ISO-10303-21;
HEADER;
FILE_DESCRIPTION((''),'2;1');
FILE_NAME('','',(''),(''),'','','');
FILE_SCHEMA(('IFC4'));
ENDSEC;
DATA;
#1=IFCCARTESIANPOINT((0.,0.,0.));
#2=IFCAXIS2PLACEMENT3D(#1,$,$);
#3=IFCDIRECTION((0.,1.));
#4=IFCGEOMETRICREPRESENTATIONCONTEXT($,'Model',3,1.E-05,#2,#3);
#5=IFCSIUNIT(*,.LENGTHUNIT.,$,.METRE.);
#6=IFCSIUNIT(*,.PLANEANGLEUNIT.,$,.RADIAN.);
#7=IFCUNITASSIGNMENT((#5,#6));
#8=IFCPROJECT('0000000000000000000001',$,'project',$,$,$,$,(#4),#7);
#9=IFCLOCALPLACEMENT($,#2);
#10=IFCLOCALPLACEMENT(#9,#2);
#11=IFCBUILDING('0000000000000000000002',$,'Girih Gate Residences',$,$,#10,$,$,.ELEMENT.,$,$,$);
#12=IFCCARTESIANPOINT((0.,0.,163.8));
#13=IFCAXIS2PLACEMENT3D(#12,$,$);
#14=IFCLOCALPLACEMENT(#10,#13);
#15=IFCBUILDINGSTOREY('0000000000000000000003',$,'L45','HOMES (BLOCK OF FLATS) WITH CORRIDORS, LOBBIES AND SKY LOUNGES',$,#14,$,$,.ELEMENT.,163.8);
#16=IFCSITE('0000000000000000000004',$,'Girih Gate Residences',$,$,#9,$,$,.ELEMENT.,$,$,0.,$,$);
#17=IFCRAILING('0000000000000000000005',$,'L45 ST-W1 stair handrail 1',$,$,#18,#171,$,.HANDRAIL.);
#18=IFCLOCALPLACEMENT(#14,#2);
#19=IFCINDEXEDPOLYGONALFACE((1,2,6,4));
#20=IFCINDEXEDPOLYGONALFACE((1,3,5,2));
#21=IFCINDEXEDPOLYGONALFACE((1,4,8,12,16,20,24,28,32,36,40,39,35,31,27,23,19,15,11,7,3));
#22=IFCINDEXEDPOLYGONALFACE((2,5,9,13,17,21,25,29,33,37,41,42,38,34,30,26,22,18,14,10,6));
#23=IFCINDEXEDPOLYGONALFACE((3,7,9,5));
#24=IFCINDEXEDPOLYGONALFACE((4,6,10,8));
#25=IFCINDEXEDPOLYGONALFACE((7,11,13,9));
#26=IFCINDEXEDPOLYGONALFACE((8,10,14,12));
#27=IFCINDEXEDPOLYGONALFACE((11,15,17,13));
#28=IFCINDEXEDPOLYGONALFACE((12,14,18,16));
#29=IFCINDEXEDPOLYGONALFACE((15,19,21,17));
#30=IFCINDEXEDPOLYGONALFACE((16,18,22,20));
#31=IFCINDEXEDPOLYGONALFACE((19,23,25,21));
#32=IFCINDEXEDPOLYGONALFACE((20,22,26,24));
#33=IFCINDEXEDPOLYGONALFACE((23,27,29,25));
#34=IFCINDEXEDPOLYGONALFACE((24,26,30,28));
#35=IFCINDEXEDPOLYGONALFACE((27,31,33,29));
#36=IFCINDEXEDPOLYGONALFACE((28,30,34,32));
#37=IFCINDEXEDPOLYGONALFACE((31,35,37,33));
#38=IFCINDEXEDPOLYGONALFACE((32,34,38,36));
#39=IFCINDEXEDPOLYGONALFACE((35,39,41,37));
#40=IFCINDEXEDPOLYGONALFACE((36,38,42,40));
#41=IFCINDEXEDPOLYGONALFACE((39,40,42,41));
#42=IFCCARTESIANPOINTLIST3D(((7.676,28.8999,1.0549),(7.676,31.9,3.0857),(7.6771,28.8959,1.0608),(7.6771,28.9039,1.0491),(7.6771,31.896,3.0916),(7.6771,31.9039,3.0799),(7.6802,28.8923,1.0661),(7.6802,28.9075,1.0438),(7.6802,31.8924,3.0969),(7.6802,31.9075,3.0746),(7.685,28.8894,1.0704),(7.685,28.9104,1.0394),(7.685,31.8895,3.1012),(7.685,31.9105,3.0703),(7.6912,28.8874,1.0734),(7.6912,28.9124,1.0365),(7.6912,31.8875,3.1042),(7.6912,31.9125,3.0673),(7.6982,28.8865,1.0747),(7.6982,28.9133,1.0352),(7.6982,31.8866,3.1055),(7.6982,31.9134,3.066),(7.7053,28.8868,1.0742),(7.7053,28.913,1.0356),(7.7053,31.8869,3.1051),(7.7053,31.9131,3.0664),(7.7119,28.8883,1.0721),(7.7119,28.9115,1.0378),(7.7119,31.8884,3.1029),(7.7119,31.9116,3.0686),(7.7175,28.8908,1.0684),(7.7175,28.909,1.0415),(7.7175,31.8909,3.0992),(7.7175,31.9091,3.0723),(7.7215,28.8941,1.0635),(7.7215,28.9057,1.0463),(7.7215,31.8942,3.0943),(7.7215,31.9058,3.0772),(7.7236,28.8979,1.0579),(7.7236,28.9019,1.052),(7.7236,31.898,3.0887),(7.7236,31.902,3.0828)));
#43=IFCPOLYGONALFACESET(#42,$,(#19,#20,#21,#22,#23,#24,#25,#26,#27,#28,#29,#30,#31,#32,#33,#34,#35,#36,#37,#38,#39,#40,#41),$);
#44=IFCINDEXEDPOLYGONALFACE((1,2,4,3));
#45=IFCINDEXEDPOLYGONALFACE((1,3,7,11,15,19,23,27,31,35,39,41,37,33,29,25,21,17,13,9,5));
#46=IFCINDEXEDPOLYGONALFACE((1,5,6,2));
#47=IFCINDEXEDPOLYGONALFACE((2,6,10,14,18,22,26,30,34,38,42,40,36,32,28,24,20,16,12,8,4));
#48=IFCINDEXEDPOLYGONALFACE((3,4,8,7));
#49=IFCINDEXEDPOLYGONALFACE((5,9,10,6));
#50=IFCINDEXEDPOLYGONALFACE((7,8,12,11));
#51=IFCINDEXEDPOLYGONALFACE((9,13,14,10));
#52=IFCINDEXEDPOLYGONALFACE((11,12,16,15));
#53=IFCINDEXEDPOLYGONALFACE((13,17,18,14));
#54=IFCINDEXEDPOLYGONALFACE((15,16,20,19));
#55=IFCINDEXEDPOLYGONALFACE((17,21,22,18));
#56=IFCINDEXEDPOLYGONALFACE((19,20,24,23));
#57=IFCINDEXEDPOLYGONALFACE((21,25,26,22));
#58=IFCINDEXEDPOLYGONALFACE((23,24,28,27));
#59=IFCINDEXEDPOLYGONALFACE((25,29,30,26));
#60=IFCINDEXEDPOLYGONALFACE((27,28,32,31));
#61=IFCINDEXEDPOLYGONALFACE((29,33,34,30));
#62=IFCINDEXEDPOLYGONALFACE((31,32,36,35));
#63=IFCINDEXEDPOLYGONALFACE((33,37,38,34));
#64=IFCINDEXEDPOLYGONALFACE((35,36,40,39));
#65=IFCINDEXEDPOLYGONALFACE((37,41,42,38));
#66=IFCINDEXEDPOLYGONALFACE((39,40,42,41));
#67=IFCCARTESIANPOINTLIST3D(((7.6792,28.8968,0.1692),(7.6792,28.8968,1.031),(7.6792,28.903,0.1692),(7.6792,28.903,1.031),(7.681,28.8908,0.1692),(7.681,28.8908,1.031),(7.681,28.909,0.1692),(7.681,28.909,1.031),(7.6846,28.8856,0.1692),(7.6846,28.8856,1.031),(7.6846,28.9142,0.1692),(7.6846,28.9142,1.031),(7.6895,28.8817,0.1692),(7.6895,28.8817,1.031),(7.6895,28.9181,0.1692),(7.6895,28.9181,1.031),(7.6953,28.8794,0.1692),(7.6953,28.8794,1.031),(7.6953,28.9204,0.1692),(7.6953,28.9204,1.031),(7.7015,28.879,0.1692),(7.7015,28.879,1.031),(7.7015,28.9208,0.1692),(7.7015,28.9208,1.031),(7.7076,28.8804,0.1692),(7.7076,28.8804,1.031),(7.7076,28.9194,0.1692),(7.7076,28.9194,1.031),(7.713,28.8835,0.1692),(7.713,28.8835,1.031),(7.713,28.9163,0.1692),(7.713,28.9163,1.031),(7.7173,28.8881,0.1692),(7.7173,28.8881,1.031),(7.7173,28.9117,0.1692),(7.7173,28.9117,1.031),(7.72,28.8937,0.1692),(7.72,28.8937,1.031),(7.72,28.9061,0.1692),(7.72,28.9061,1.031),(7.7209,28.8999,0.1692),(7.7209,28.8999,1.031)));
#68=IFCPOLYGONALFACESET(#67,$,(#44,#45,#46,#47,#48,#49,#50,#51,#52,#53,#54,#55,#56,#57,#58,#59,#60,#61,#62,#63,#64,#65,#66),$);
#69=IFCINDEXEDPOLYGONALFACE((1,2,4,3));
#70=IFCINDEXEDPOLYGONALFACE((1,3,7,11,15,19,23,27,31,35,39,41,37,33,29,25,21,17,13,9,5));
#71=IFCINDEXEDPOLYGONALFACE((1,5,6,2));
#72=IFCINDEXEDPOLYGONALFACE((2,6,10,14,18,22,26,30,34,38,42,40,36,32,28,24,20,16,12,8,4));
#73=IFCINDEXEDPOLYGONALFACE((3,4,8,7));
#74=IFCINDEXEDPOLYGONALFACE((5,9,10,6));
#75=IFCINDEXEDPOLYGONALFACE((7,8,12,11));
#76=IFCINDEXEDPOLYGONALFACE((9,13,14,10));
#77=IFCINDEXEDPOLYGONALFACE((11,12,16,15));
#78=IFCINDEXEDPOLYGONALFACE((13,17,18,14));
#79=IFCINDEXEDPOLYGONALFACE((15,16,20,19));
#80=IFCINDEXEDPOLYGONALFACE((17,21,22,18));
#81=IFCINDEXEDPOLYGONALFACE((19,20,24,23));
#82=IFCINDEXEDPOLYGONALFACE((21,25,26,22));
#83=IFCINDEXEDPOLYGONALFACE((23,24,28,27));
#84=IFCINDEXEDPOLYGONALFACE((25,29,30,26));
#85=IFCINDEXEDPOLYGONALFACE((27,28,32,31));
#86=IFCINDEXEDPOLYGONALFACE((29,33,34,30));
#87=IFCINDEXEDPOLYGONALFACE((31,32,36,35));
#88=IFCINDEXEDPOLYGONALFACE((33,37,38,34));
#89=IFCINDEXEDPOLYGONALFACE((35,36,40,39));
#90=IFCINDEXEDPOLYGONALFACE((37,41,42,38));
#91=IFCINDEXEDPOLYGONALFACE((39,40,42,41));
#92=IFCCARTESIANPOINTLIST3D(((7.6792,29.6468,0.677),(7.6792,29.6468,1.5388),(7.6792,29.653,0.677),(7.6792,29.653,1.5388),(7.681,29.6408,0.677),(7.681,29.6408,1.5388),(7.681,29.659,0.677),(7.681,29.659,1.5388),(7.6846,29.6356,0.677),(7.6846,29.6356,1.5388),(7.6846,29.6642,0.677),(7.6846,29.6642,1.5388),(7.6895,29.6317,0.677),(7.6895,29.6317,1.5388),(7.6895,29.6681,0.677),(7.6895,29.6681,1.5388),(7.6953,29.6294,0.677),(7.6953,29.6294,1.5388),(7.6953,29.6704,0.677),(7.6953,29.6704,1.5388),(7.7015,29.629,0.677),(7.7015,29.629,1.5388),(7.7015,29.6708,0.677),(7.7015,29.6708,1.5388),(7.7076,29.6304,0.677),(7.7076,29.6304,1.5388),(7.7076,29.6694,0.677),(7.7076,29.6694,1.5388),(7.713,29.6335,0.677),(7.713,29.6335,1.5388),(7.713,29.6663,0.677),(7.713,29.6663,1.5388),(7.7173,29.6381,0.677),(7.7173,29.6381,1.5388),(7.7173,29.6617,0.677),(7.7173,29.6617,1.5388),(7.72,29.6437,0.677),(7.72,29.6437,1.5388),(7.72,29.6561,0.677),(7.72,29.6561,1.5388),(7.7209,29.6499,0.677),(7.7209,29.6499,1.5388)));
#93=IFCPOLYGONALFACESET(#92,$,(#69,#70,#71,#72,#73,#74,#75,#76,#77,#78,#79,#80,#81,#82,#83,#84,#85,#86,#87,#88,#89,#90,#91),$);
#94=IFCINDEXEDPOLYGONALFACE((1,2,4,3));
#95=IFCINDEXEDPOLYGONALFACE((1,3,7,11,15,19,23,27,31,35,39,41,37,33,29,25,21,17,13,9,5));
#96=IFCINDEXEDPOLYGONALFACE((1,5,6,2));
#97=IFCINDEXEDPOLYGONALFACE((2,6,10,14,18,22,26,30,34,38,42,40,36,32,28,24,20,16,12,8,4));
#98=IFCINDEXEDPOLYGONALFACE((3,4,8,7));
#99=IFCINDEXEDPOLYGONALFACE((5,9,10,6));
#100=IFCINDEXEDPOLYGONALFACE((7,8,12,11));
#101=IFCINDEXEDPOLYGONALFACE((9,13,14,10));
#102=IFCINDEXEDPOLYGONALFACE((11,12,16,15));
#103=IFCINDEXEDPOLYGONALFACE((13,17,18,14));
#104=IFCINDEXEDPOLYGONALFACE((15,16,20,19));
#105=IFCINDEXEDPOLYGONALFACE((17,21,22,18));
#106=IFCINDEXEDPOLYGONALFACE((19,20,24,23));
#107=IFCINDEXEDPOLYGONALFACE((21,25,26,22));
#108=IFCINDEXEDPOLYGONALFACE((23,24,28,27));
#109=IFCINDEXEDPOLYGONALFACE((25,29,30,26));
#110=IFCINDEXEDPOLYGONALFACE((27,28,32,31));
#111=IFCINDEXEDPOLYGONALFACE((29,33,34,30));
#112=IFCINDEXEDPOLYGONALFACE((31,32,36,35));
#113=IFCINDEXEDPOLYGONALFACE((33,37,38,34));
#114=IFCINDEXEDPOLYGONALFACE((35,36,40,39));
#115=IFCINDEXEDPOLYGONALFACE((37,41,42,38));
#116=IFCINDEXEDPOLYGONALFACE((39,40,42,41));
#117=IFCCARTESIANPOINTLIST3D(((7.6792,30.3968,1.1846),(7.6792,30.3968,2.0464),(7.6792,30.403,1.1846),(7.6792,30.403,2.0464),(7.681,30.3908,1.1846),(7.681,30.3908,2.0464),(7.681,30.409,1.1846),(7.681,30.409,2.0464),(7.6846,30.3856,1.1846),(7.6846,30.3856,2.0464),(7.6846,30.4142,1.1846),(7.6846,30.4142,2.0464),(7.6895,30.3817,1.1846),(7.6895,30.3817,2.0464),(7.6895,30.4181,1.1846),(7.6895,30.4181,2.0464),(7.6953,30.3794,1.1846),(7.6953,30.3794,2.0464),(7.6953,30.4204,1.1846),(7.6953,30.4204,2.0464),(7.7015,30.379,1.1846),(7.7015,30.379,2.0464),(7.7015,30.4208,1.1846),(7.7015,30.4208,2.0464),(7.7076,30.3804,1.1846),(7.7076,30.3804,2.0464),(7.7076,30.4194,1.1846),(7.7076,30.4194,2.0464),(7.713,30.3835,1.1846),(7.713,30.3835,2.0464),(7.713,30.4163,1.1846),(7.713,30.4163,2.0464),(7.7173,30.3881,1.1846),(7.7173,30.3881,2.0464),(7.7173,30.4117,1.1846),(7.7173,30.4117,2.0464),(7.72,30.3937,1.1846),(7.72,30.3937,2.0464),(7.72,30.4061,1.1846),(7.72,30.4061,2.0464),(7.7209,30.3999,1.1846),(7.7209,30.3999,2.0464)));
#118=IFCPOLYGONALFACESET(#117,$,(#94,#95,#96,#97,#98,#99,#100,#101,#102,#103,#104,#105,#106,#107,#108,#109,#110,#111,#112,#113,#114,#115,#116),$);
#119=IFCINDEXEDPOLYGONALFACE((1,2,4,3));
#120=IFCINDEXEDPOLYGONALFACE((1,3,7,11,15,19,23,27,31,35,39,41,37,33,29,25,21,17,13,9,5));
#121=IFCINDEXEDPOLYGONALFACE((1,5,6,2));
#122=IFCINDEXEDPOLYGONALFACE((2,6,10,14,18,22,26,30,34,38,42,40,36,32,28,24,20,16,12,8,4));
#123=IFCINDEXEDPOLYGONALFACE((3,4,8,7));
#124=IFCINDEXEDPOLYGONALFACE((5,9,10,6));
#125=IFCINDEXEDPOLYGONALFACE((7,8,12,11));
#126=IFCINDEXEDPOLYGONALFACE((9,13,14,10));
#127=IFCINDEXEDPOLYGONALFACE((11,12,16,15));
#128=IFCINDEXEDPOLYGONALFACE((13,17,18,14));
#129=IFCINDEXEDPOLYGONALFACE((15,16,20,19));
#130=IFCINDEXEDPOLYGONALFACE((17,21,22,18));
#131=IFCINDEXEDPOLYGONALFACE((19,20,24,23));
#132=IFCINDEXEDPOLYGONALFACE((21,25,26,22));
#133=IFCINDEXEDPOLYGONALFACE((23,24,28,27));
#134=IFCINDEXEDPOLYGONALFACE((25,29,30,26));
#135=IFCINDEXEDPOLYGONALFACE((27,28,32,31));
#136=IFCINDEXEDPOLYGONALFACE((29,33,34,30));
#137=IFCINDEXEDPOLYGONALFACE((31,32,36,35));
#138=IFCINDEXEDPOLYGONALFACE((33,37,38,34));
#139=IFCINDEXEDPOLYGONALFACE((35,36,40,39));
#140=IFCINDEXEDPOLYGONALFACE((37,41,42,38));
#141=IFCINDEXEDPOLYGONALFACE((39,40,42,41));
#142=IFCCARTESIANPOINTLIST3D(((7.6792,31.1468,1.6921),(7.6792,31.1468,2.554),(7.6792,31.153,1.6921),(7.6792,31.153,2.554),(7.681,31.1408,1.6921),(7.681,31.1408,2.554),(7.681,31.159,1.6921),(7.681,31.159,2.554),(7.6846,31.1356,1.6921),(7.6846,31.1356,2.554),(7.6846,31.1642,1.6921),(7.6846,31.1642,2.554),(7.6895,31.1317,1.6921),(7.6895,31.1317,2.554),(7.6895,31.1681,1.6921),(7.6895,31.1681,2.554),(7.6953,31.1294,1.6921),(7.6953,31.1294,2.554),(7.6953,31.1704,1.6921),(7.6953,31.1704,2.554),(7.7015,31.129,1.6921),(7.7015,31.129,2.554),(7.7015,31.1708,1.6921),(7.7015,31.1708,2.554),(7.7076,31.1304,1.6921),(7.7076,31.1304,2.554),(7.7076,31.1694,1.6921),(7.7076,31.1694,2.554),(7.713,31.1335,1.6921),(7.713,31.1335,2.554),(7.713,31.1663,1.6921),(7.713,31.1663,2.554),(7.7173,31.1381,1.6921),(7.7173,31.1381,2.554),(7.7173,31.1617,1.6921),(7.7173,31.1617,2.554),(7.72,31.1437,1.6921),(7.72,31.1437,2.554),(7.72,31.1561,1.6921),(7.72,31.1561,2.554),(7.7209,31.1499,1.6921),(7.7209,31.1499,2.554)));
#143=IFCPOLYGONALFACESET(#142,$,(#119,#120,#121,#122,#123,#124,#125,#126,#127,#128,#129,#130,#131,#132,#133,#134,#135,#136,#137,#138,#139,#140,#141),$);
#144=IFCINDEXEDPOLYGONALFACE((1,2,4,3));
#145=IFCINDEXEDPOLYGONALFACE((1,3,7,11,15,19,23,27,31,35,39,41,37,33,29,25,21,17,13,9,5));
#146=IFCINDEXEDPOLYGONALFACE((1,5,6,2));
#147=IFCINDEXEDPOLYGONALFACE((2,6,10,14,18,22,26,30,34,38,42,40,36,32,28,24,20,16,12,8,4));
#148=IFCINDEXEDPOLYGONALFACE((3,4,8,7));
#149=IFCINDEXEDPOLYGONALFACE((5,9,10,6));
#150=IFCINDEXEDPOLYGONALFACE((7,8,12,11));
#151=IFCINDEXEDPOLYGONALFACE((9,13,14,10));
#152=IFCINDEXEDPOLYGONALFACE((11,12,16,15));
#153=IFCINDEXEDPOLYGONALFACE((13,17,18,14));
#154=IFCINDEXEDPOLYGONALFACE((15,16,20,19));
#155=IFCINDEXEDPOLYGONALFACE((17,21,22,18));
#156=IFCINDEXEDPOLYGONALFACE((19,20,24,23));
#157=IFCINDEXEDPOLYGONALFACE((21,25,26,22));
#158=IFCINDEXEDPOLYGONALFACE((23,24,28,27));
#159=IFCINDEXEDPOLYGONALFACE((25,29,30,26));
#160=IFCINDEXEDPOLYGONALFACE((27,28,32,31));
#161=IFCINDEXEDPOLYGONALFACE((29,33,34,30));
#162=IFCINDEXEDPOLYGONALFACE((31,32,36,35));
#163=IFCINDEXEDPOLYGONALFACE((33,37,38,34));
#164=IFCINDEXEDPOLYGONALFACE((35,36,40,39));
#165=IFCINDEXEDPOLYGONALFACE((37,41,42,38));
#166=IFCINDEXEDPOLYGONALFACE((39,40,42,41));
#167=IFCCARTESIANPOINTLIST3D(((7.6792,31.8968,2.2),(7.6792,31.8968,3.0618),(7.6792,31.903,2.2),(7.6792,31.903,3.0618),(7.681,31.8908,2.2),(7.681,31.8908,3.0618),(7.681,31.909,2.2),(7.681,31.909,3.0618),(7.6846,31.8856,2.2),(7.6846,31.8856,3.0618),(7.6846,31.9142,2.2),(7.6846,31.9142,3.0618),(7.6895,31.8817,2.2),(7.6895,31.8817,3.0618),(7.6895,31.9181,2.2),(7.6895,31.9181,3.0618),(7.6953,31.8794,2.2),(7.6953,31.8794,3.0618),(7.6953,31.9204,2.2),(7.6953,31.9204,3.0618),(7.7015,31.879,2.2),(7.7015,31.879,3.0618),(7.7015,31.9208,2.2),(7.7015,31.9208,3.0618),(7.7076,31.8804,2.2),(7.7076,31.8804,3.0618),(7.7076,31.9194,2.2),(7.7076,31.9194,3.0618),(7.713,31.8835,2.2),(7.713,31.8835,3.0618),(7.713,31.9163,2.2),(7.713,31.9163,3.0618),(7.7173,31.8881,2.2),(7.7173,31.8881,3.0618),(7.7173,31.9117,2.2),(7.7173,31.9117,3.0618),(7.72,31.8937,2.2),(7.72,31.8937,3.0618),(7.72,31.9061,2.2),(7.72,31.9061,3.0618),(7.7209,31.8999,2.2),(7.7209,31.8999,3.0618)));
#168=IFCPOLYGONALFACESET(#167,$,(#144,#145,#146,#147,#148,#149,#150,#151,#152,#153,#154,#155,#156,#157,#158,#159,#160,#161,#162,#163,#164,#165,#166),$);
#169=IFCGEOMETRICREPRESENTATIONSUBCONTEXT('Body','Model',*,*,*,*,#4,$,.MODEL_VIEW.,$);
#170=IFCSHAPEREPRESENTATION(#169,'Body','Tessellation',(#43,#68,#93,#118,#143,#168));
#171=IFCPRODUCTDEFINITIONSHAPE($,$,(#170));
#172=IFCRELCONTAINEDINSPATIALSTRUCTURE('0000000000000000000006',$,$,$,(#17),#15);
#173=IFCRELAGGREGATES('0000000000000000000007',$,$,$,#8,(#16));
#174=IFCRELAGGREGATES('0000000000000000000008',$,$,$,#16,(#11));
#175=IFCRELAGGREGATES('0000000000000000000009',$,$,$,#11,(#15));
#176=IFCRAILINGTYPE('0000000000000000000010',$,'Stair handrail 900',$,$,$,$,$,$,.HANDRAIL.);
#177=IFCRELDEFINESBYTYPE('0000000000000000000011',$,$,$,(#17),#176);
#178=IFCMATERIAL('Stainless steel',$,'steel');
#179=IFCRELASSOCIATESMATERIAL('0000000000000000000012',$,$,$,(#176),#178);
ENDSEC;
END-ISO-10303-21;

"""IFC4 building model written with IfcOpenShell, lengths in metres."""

from ifc_helpers import new_model, si_unit, direction, frame, origin, origin_2d, place, context, subcontext, project, spatial, circle, extrude, material, type_object, element, save


model = new_model("IFC4")

# Units and contexts
model_context = context("Model", 3, precision=1e-05, world=origin(), true_north=direction((0.0, 1.0)))
body_context = subcontext(model_context, "Body", "Model", "MODEL_VIEW")
ifc_project = project(units=[si_unit("LENGTHUNIT", "METRE"), si_unit("PLANEANGLEUNIT", "RADIAN")], contexts=[model_context])

# Site, building, storey
site_placement = place(None, origin())
site = spatial("IfcSite", under=ifc_project, at=site_placement, Name="Girih Gate Residences", CompositionType="ELEMENT", RefElevation=0.0)
building_placement = place(site_placement, origin())
building = spatial("IfcBuilding", under=site, at=building_placement, Name="Girih Gate Residences", CompositionType="ELEMENT")
storey_placement = place(building_placement, frame((0.0, 0.0, 163.8)))
storey = spatial("IfcBuildingStorey", under=building, at=storey_placement, Name="L45", Description="HOMES (BLOCK OF FLATS) WITH CORRIDORS, LOBBIES AND SKY LOUNGES", CompositionType="ELEMENT", Elevation=163.8)

# Railing
ifc_material_1 = material(Name="Stainless steel", Category="steel")
railing_type_1 = type_object("IfcRailingType", Name="Stair handrail 900", PredefinedType="HANDRAIL", material=ifc_material_1)
railing_1_placement = place(storey_placement, frame((7.7, 28.8999, 0.1692)))
element("IfcRailing", 1, at=railing_1_placement, inside=storey, type_object=railing_type_1, Name="L45 ST-W1 stair handrail 1", PredefinedType="HANDRAIL", context=body_context, shape_type="SweptSolid", body=[
    extrude(circle(Radius=0.0239, at=origin_2d()), frame((0.0, 0.0, 0.8857), z_axis=(0.0, 0.82811, 0.560565), x_axis=(-1.0, 0.0, 0.0)), (0.0, 0.0, 1.0), 3.6228),
    extrude(circle(Radius=0.021, at=origin_2d()), origin(), (0.0, 0.0, 1.0), 0.8618),
    extrude(circle(Radius=0.021, at=origin_2d()), frame((0.0, 0.75, 0.5078)), (0.0, 0.0, 1.0), 0.8618),
    extrude(circle(Radius=0.021, at=origin_2d()), frame((0.0, 1.5, 1.0154)), (0.0, 0.0, 1.0), 0.8618),
    extrude(circle(Radius=0.021, at=origin_2d()), frame((0.0, 2.25, 1.5229)), (0.0, 0.0, 1.0), 0.8618),
    extrude(circle(Radius=0.021, at=origin_2d()), frame((0.0, 3.0, 2.0308)), (0.0, 0.0, 1.0), 0.8618),
])

save(model, "model.ifc")
